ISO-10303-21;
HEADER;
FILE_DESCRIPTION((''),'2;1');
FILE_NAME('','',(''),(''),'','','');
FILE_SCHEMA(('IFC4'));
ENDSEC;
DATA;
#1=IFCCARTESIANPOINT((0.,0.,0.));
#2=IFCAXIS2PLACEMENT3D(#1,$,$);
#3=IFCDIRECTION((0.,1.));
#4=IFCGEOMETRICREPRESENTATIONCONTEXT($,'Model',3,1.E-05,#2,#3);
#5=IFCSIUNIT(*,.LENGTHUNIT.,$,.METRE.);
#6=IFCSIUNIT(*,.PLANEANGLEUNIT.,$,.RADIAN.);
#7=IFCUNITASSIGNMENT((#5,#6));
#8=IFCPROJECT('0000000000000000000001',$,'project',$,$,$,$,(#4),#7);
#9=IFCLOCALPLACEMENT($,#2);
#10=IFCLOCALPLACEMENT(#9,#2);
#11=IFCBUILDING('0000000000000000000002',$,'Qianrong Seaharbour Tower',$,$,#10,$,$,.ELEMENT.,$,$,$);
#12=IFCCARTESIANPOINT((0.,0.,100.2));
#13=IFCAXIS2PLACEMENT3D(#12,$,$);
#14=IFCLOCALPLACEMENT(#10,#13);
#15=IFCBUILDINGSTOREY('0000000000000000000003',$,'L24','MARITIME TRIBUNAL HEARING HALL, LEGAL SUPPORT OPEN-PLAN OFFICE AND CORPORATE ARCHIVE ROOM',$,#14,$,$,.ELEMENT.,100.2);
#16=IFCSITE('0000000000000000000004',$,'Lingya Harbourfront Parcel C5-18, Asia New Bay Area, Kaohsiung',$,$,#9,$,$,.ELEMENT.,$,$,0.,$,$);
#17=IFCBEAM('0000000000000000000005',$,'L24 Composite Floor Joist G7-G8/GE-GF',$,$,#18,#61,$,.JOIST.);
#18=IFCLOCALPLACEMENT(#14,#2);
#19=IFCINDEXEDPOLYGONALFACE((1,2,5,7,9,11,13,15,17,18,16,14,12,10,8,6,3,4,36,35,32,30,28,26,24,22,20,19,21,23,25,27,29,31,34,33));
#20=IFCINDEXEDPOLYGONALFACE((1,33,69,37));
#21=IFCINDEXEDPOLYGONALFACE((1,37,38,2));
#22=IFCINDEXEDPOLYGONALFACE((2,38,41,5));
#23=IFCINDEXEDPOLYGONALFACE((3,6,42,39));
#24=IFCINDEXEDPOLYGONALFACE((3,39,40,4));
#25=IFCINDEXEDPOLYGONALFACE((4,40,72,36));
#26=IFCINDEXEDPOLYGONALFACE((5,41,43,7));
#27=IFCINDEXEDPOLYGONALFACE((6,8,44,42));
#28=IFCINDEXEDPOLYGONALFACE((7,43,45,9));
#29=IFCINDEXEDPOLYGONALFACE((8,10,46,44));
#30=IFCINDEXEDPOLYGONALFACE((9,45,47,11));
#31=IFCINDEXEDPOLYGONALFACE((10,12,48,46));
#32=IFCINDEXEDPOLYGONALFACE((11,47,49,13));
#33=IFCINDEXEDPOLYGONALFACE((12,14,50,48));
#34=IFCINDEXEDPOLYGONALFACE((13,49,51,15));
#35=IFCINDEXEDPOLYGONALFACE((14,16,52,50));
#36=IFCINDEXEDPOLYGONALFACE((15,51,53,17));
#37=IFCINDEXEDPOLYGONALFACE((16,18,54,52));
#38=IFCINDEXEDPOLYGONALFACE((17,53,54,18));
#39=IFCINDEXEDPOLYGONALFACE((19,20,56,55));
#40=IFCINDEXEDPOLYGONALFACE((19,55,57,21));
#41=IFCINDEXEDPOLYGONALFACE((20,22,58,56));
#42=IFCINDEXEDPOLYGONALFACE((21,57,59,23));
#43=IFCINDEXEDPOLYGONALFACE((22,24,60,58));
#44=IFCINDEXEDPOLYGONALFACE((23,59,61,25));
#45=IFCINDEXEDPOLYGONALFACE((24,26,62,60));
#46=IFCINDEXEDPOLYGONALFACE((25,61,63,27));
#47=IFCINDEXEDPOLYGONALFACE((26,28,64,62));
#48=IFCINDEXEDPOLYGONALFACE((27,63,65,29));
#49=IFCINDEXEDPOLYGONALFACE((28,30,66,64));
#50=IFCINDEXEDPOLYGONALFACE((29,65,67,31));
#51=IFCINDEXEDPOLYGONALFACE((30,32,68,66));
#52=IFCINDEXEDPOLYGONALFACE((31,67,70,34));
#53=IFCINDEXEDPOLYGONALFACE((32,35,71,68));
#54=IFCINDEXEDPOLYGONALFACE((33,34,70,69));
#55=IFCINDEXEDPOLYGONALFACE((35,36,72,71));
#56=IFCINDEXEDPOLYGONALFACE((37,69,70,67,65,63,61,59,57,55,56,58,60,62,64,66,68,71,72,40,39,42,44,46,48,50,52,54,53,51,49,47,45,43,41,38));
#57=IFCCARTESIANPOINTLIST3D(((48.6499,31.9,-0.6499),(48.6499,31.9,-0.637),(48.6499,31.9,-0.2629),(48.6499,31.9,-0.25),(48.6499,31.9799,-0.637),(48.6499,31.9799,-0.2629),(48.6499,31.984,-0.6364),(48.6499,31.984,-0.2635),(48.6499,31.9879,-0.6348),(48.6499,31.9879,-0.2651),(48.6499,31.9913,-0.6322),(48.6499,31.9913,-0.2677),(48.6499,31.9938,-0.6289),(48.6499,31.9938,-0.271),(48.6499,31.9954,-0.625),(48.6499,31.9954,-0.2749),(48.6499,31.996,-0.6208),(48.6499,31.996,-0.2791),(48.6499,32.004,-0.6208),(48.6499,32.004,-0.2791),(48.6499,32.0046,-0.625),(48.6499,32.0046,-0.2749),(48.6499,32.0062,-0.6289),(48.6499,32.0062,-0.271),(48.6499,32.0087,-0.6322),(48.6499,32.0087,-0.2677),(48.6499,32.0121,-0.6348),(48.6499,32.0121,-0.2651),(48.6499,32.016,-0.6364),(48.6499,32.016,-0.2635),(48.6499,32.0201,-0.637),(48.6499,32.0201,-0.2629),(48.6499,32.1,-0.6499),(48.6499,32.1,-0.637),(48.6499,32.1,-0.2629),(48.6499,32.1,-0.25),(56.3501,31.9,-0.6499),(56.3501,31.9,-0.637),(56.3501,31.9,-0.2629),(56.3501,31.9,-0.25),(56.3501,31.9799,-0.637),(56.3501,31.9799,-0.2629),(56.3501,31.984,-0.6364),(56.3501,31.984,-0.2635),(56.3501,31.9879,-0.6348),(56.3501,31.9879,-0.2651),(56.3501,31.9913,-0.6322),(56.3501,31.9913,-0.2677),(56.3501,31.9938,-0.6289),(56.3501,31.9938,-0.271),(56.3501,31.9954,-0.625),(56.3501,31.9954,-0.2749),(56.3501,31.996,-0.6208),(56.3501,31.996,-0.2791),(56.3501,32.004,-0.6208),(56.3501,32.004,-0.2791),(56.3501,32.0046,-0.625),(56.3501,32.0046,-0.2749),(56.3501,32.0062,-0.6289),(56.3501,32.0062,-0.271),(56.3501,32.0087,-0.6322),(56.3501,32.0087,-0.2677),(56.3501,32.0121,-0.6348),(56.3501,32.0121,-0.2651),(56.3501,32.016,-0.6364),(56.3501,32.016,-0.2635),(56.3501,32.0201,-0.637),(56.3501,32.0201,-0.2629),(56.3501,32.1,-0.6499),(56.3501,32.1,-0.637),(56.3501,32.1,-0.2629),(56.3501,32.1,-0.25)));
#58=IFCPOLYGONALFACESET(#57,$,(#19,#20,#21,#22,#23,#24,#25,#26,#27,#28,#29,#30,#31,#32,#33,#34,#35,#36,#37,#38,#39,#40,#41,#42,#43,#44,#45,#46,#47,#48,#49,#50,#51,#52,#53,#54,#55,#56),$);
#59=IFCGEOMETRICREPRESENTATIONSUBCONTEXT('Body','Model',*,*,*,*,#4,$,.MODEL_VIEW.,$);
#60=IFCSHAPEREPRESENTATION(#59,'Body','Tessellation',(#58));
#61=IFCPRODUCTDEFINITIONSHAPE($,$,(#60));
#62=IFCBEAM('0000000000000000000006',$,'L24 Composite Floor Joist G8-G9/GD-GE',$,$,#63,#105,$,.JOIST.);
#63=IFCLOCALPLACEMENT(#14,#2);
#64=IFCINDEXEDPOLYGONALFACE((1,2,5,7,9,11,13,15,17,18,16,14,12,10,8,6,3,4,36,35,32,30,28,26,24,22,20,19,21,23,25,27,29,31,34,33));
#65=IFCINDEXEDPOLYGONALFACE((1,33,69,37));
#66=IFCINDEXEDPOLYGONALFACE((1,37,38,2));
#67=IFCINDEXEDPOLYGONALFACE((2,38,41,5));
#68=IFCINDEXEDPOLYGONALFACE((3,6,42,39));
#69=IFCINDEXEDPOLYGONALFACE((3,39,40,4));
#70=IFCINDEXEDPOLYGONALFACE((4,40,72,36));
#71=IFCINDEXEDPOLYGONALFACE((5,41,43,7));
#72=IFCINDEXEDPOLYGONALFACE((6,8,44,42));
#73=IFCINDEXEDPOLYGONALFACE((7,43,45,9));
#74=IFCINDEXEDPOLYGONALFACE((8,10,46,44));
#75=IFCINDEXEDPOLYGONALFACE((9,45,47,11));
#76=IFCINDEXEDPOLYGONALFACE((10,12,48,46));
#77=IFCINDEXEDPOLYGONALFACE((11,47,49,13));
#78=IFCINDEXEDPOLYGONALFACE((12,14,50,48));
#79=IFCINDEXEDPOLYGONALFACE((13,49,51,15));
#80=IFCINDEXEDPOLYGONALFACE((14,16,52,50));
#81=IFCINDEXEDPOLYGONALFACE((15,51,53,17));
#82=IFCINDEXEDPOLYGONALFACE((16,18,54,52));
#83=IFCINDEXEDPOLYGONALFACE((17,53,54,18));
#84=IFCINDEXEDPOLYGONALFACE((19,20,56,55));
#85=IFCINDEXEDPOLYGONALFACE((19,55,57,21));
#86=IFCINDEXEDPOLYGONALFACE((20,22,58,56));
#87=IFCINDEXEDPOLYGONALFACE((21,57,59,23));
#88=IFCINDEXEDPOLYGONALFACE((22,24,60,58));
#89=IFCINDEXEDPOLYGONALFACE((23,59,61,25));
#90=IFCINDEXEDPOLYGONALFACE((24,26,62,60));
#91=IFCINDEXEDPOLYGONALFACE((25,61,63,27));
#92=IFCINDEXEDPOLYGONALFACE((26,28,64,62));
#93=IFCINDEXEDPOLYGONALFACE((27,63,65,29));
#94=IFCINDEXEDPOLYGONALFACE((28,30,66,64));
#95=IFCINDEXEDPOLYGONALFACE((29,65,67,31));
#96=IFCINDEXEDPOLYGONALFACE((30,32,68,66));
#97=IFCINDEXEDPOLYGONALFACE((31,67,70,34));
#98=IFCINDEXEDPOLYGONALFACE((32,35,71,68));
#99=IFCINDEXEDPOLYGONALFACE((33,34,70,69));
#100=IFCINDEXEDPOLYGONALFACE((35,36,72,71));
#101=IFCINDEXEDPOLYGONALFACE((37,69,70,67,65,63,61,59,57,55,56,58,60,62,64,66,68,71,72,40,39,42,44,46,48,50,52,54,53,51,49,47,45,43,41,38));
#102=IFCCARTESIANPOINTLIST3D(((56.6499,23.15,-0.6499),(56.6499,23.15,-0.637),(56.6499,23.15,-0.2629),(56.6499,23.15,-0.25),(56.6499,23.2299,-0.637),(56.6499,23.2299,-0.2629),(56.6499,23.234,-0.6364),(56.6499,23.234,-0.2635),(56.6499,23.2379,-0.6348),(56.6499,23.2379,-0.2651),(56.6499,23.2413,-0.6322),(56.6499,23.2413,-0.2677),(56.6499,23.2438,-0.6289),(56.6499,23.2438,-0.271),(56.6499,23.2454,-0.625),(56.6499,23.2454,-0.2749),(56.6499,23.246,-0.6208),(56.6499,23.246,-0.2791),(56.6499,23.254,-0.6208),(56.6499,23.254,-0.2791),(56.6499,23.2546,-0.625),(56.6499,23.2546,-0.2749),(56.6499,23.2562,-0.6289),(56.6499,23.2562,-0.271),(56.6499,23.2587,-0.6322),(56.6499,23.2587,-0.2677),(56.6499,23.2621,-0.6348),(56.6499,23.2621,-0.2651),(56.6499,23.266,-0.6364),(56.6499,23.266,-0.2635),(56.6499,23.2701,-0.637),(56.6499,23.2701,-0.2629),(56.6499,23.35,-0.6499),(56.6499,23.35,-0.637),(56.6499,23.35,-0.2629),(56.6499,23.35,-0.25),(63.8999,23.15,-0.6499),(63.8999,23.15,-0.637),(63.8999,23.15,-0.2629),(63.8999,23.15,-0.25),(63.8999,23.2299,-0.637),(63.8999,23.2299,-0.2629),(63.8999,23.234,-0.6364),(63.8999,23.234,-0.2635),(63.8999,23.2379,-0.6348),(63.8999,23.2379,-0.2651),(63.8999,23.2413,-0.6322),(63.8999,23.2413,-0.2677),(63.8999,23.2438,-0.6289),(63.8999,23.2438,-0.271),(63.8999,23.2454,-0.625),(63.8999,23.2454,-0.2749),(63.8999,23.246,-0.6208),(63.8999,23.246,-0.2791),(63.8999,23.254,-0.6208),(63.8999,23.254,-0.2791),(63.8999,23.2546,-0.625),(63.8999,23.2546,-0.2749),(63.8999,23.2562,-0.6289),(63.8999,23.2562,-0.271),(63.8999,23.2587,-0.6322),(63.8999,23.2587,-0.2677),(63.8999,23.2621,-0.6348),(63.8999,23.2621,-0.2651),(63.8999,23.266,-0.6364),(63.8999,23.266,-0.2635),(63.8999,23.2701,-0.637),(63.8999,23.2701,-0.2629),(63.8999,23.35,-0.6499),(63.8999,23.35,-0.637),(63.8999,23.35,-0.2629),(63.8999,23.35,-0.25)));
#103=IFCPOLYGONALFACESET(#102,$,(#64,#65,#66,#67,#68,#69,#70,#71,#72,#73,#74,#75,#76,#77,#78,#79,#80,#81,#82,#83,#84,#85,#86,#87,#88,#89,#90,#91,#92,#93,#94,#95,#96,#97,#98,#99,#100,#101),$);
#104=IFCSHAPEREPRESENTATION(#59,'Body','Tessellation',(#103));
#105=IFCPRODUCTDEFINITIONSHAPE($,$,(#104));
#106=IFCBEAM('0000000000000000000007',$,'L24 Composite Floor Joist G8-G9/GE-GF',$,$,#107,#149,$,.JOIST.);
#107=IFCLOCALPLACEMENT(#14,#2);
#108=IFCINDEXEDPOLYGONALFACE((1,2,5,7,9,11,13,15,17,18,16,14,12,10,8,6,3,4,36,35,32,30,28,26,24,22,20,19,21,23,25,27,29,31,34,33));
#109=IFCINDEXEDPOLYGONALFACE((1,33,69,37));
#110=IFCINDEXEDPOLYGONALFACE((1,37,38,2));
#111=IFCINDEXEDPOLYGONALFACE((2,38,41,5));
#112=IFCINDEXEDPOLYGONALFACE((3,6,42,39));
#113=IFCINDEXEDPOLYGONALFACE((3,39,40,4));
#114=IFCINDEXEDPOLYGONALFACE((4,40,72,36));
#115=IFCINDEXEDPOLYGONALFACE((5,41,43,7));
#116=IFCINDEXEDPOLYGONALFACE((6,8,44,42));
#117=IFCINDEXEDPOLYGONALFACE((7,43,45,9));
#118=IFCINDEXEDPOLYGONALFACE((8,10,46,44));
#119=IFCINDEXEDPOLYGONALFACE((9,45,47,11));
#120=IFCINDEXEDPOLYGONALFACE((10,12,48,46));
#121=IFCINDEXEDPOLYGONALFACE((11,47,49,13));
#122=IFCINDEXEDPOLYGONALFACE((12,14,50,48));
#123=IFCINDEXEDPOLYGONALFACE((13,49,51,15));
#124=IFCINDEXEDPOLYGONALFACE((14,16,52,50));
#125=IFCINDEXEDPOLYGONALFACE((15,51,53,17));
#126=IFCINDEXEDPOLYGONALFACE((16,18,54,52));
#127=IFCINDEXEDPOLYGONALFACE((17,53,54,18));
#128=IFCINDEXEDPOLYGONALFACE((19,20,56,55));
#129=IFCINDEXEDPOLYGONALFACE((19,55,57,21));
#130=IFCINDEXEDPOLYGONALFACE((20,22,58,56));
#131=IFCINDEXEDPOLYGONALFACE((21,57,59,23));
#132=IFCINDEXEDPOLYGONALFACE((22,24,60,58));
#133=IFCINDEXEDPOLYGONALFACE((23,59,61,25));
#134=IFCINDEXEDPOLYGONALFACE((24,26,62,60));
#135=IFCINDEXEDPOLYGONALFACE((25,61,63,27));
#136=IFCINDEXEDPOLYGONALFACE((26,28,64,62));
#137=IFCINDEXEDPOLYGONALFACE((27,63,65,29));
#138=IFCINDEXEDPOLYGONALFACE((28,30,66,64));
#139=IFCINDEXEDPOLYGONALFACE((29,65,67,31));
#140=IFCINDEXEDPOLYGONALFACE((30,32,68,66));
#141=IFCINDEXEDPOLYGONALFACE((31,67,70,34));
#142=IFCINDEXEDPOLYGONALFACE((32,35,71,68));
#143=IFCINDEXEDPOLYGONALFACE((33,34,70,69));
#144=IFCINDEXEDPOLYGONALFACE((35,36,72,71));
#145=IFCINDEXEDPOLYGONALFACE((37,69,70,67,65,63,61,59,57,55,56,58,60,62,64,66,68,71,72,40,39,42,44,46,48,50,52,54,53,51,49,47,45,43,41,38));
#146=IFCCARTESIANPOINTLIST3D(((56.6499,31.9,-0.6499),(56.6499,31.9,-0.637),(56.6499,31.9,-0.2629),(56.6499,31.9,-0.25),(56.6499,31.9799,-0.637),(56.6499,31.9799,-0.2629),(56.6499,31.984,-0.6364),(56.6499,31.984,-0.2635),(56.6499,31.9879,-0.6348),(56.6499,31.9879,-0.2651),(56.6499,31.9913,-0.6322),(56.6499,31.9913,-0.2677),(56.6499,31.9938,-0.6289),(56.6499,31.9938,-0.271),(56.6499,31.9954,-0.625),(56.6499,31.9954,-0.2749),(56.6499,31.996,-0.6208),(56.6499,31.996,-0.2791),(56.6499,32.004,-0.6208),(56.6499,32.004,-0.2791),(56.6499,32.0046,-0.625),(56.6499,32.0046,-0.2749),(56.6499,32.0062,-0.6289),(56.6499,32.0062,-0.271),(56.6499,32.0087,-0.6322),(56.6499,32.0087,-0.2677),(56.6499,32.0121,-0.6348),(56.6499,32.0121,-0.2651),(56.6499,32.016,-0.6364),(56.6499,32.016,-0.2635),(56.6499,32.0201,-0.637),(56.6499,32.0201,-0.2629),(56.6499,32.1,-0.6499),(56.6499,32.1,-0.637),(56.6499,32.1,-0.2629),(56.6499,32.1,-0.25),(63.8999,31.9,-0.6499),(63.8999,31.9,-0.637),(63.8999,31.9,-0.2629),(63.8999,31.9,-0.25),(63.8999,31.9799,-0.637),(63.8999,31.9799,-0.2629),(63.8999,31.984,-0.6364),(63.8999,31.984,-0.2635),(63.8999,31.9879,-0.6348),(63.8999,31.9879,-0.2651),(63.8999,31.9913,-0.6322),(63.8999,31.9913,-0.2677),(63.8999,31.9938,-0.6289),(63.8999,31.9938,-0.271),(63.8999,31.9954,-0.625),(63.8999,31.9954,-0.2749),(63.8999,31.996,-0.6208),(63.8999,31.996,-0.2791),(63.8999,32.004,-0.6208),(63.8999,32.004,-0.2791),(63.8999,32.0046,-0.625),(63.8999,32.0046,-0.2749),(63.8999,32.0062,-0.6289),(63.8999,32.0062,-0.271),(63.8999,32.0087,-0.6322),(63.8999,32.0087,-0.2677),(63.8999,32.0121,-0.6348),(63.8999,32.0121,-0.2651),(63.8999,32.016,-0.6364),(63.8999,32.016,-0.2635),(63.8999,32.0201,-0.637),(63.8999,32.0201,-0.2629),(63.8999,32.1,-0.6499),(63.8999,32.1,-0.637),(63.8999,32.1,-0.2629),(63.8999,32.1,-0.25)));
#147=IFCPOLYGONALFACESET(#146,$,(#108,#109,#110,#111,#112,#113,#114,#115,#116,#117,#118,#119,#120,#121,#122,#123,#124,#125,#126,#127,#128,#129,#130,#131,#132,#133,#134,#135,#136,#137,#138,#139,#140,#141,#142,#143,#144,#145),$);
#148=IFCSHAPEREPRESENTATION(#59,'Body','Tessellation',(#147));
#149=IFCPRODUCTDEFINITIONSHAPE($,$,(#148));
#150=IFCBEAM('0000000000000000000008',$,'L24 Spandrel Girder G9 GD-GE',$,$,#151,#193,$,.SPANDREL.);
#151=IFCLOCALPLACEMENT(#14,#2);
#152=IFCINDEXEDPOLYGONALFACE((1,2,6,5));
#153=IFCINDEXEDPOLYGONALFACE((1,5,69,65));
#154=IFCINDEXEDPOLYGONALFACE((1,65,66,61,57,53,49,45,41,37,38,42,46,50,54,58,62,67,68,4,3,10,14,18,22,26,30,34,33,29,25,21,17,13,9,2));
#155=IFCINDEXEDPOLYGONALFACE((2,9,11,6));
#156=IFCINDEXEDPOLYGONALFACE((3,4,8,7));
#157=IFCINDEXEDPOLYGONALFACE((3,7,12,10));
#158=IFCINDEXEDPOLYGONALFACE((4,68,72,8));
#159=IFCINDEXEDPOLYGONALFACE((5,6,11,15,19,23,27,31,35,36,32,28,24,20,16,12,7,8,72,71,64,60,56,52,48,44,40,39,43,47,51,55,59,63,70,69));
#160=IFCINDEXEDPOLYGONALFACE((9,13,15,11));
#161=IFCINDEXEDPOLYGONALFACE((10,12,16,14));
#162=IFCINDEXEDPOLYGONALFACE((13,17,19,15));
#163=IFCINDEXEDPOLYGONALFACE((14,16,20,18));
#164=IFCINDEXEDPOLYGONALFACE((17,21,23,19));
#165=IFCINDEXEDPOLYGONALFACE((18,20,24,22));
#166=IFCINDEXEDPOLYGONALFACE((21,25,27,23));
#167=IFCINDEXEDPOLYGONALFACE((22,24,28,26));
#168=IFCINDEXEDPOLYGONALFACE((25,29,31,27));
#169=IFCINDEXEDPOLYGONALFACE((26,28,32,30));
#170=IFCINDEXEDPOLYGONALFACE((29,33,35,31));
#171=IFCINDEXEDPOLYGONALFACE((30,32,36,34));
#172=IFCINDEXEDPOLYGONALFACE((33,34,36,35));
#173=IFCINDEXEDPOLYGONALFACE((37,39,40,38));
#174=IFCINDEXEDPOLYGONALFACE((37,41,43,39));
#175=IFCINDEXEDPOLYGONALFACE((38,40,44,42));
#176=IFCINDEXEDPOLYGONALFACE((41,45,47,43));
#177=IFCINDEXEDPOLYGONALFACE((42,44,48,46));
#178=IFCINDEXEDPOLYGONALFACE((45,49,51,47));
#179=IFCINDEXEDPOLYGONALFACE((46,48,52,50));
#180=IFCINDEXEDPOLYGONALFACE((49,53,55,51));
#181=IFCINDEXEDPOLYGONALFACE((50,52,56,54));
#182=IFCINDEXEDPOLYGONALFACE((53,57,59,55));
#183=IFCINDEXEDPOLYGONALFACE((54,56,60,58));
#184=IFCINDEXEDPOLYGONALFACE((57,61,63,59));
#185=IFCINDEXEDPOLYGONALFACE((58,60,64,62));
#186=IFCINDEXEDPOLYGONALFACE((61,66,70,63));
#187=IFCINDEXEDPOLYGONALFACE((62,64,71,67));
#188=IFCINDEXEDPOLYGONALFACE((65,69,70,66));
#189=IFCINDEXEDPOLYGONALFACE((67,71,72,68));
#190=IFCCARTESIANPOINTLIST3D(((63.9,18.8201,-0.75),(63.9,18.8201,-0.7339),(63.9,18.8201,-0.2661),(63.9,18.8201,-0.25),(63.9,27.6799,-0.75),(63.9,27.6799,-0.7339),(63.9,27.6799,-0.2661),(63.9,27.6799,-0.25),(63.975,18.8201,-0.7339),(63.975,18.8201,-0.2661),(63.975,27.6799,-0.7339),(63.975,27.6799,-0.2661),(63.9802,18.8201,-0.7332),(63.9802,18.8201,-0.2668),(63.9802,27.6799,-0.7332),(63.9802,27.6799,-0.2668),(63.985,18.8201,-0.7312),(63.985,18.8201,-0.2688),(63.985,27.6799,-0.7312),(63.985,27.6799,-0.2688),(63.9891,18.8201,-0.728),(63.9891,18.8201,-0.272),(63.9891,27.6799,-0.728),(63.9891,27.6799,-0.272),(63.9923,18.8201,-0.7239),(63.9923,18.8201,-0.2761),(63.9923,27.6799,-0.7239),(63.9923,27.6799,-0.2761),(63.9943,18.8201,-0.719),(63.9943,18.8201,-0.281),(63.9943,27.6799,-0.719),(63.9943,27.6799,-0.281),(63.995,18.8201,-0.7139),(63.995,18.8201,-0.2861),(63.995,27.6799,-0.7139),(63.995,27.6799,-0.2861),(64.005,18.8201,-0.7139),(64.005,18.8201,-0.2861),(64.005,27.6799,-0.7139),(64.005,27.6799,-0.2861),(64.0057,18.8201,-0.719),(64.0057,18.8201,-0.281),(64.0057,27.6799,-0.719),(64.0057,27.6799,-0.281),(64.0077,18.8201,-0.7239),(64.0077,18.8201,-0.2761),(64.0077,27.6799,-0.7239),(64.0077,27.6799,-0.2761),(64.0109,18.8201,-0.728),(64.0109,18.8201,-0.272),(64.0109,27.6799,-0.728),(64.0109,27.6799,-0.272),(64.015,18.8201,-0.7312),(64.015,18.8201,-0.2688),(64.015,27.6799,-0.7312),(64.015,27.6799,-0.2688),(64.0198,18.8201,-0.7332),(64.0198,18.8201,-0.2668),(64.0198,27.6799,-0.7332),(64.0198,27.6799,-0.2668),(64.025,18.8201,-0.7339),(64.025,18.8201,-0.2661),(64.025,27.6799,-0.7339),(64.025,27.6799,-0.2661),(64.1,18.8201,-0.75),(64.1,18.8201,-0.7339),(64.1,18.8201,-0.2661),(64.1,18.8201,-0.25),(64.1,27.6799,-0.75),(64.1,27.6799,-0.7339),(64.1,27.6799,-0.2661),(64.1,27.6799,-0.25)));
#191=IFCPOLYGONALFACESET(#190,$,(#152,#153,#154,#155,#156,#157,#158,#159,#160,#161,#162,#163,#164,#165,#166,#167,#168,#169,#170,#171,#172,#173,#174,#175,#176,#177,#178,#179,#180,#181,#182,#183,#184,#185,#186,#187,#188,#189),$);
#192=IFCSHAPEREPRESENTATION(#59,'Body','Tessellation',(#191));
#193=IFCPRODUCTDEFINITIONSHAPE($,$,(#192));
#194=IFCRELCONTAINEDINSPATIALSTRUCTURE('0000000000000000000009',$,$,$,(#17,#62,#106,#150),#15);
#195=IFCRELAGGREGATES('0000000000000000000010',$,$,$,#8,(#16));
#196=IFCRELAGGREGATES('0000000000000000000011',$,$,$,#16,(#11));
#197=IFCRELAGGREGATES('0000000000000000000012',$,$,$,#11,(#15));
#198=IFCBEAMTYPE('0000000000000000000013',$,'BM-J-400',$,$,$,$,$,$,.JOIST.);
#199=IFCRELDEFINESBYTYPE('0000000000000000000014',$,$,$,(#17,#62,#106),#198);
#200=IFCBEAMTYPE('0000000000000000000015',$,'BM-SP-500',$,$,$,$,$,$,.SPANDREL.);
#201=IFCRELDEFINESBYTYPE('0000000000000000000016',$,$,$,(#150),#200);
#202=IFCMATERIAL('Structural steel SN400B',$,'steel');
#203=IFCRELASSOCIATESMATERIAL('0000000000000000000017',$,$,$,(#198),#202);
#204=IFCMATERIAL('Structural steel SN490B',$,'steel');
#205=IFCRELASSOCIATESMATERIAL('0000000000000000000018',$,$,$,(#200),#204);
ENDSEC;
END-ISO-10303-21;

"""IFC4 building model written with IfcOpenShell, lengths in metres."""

from ifc_helpers import new_model, si_unit, direction, frame, origin, origin_2d, place, context, subcontext, project, spatial, i_section, extrude, material, material_profile, profile_set, type_object, element, save


model = new_model("IFC4")

# Units and contexts
model_context = context("Model", 3, precision=1e-05, world=origin(), true_north=direction((0.0, 1.0)))
body_context = subcontext(model_context, "Body", "Model", "MODEL_VIEW")
ifc_project = project(units=[si_unit("LENGTHUNIT", "METRE"), si_unit("PLANEANGLEUNIT", "RADIAN")], contexts=[model_context])

# Site, building, storey
site_placement = place(None, origin())
site = spatial("IfcSite", under=ifc_project, at=site_placement, Name="Lingya Harbourfront Parcel C5-18, Asia New Bay Area, Kaohsiung", CompositionType="ELEMENT", RefElevation=0.0)
building_placement = place(site_placement, origin())
building = spatial("IfcBuilding", under=site, at=building_placement, Name="Qianrong Seaharbour Tower", CompositionType="ELEMENT")
storey_placement = place(building_placement, frame((0.0, 0.0, 100.2)))
storey = spatial("IfcBuildingStorey", under=building, at=storey_placement, Name="L24", Description="MARITIME TRIBUNAL HEARING HALL, LEGAL SUPPORT OPEN-PLAN OFFICE AND CORPORATE ARCHIVE ROOM", CompositionType="ELEMENT", Elevation=100.2)

# Shared definitions
ifc_material_1 = material(Name="Structural steel SN490B", Category="steel")

# Beams
ifc_material_2 = material(Name="Structural steel SN400B", Category="steel")
ifc_material_profile_1 = material_profile(ifc_material_2, i_section(OverallWidth=0.2, OverallDepth=0.3999, WebThickness=0.0081, FlangeThickness=0.0129, FilletRadius=0.0161, at=origin_2d()), Name="H400x200x8x13")
ifc_profile_set_1 = profile_set([ifc_material_profile_1], Name="Structural steel SN400B")
beam_type_1 = type_object("IfcBeamType", Name="BM-J-400", PredefinedType="JOIST", material=ifc_profile_set_1)
for number, where, z_axis, x_axis, name in (
    (1, (48.6499, 32.0, -0.45), (1.0, 0.0, 0.0), (0.0, 1.0, 0.0), "L24 Composite Floor Joist G7-G8/GE-GF"),
):
    element("IfcBeam", number, at=place(storey_placement, frame(where, z_axis=z_axis, x_axis=x_axis)), inside=storey, type_object=beam_type_1, Name=name, PredefinedType="JOIST", context=body_context, shape_type="SweptSolid", body=[
        extrude(i_section(OverallWidth=0.2, OverallDepth=0.3999, WebThickness=0.0081, FlangeThickness=0.0129, FilletRadius=0.0161, at=origin_2d()), origin(), (0.0, 0.0, 1.0), 7.7002),
    ])
for number, where, z_axis, x_axis, name in (
    (2, (56.6499, 23.25, -0.45), (1.0, 0.0, 0.0), (0.0, 1.0, 0.0), "L24 Composite Floor Joist G8-G9/GD-GE"),
    (3, (56.6499, 32.0, -0.45), (1.0, 0.0, 0.0), (0.0, 1.0, 0.0), "L24 Composite Floor Joist G8-G9/GE-GF"),
):
    element("IfcBeam", number, at=place(storey_placement, frame(where, z_axis=z_axis, x_axis=x_axis)), inside=storey, type_object=beam_type_1, Name=name, PredefinedType="JOIST", context=body_context, shape_type="SweptSolid", body=[
        extrude(i_section(OverallWidth=0.2, OverallDepth=0.3999, WebThickness=0.0081, FlangeThickness=0.0129, FilletRadius=0.0161, at=origin_2d()), origin(), (0.0, 0.0, 1.0), 7.25),
    ])
ifc_material_profile_2 = material_profile(ifc_material_1, i_section(OverallWidth=0.2, OverallDepth=0.5, WebThickness=0.01, FlangeThickness=0.0161, FilletRadius=0.02, at=origin_2d()), Name="H500x200x10x16")
ifc_profile_set_2 = profile_set([ifc_material_profile_2], Name="Structural steel SN490B")
beam_type_2 = type_object("IfcBeamType", Name="BM-SP-500", PredefinedType="SPANDREL", material=ifc_profile_set_2)
beam_1_placement = place(storey_placement, frame((64.0, 18.8201, -0.5), z_axis=(0.0, 1.0, 0.0), x_axis=(-1.0, 0.0, 0.0)))
element("IfcBeam", 4, at=beam_1_placement, inside=storey, type_object=beam_type_2, Name="L24 Spandrel Girder G9 GD-GE", PredefinedType="SPANDREL", context=body_context, shape_type="SweptSolid", body=[
    extrude(i_section(OverallWidth=0.2, OverallDepth=0.5, WebThickness=0.01, FlangeThickness=0.0161, FilletRadius=0.02, at=origin_2d()), origin(), (0.0, 0.0, 1.0), 8.8599),
])

save(model, "model.ifc")
